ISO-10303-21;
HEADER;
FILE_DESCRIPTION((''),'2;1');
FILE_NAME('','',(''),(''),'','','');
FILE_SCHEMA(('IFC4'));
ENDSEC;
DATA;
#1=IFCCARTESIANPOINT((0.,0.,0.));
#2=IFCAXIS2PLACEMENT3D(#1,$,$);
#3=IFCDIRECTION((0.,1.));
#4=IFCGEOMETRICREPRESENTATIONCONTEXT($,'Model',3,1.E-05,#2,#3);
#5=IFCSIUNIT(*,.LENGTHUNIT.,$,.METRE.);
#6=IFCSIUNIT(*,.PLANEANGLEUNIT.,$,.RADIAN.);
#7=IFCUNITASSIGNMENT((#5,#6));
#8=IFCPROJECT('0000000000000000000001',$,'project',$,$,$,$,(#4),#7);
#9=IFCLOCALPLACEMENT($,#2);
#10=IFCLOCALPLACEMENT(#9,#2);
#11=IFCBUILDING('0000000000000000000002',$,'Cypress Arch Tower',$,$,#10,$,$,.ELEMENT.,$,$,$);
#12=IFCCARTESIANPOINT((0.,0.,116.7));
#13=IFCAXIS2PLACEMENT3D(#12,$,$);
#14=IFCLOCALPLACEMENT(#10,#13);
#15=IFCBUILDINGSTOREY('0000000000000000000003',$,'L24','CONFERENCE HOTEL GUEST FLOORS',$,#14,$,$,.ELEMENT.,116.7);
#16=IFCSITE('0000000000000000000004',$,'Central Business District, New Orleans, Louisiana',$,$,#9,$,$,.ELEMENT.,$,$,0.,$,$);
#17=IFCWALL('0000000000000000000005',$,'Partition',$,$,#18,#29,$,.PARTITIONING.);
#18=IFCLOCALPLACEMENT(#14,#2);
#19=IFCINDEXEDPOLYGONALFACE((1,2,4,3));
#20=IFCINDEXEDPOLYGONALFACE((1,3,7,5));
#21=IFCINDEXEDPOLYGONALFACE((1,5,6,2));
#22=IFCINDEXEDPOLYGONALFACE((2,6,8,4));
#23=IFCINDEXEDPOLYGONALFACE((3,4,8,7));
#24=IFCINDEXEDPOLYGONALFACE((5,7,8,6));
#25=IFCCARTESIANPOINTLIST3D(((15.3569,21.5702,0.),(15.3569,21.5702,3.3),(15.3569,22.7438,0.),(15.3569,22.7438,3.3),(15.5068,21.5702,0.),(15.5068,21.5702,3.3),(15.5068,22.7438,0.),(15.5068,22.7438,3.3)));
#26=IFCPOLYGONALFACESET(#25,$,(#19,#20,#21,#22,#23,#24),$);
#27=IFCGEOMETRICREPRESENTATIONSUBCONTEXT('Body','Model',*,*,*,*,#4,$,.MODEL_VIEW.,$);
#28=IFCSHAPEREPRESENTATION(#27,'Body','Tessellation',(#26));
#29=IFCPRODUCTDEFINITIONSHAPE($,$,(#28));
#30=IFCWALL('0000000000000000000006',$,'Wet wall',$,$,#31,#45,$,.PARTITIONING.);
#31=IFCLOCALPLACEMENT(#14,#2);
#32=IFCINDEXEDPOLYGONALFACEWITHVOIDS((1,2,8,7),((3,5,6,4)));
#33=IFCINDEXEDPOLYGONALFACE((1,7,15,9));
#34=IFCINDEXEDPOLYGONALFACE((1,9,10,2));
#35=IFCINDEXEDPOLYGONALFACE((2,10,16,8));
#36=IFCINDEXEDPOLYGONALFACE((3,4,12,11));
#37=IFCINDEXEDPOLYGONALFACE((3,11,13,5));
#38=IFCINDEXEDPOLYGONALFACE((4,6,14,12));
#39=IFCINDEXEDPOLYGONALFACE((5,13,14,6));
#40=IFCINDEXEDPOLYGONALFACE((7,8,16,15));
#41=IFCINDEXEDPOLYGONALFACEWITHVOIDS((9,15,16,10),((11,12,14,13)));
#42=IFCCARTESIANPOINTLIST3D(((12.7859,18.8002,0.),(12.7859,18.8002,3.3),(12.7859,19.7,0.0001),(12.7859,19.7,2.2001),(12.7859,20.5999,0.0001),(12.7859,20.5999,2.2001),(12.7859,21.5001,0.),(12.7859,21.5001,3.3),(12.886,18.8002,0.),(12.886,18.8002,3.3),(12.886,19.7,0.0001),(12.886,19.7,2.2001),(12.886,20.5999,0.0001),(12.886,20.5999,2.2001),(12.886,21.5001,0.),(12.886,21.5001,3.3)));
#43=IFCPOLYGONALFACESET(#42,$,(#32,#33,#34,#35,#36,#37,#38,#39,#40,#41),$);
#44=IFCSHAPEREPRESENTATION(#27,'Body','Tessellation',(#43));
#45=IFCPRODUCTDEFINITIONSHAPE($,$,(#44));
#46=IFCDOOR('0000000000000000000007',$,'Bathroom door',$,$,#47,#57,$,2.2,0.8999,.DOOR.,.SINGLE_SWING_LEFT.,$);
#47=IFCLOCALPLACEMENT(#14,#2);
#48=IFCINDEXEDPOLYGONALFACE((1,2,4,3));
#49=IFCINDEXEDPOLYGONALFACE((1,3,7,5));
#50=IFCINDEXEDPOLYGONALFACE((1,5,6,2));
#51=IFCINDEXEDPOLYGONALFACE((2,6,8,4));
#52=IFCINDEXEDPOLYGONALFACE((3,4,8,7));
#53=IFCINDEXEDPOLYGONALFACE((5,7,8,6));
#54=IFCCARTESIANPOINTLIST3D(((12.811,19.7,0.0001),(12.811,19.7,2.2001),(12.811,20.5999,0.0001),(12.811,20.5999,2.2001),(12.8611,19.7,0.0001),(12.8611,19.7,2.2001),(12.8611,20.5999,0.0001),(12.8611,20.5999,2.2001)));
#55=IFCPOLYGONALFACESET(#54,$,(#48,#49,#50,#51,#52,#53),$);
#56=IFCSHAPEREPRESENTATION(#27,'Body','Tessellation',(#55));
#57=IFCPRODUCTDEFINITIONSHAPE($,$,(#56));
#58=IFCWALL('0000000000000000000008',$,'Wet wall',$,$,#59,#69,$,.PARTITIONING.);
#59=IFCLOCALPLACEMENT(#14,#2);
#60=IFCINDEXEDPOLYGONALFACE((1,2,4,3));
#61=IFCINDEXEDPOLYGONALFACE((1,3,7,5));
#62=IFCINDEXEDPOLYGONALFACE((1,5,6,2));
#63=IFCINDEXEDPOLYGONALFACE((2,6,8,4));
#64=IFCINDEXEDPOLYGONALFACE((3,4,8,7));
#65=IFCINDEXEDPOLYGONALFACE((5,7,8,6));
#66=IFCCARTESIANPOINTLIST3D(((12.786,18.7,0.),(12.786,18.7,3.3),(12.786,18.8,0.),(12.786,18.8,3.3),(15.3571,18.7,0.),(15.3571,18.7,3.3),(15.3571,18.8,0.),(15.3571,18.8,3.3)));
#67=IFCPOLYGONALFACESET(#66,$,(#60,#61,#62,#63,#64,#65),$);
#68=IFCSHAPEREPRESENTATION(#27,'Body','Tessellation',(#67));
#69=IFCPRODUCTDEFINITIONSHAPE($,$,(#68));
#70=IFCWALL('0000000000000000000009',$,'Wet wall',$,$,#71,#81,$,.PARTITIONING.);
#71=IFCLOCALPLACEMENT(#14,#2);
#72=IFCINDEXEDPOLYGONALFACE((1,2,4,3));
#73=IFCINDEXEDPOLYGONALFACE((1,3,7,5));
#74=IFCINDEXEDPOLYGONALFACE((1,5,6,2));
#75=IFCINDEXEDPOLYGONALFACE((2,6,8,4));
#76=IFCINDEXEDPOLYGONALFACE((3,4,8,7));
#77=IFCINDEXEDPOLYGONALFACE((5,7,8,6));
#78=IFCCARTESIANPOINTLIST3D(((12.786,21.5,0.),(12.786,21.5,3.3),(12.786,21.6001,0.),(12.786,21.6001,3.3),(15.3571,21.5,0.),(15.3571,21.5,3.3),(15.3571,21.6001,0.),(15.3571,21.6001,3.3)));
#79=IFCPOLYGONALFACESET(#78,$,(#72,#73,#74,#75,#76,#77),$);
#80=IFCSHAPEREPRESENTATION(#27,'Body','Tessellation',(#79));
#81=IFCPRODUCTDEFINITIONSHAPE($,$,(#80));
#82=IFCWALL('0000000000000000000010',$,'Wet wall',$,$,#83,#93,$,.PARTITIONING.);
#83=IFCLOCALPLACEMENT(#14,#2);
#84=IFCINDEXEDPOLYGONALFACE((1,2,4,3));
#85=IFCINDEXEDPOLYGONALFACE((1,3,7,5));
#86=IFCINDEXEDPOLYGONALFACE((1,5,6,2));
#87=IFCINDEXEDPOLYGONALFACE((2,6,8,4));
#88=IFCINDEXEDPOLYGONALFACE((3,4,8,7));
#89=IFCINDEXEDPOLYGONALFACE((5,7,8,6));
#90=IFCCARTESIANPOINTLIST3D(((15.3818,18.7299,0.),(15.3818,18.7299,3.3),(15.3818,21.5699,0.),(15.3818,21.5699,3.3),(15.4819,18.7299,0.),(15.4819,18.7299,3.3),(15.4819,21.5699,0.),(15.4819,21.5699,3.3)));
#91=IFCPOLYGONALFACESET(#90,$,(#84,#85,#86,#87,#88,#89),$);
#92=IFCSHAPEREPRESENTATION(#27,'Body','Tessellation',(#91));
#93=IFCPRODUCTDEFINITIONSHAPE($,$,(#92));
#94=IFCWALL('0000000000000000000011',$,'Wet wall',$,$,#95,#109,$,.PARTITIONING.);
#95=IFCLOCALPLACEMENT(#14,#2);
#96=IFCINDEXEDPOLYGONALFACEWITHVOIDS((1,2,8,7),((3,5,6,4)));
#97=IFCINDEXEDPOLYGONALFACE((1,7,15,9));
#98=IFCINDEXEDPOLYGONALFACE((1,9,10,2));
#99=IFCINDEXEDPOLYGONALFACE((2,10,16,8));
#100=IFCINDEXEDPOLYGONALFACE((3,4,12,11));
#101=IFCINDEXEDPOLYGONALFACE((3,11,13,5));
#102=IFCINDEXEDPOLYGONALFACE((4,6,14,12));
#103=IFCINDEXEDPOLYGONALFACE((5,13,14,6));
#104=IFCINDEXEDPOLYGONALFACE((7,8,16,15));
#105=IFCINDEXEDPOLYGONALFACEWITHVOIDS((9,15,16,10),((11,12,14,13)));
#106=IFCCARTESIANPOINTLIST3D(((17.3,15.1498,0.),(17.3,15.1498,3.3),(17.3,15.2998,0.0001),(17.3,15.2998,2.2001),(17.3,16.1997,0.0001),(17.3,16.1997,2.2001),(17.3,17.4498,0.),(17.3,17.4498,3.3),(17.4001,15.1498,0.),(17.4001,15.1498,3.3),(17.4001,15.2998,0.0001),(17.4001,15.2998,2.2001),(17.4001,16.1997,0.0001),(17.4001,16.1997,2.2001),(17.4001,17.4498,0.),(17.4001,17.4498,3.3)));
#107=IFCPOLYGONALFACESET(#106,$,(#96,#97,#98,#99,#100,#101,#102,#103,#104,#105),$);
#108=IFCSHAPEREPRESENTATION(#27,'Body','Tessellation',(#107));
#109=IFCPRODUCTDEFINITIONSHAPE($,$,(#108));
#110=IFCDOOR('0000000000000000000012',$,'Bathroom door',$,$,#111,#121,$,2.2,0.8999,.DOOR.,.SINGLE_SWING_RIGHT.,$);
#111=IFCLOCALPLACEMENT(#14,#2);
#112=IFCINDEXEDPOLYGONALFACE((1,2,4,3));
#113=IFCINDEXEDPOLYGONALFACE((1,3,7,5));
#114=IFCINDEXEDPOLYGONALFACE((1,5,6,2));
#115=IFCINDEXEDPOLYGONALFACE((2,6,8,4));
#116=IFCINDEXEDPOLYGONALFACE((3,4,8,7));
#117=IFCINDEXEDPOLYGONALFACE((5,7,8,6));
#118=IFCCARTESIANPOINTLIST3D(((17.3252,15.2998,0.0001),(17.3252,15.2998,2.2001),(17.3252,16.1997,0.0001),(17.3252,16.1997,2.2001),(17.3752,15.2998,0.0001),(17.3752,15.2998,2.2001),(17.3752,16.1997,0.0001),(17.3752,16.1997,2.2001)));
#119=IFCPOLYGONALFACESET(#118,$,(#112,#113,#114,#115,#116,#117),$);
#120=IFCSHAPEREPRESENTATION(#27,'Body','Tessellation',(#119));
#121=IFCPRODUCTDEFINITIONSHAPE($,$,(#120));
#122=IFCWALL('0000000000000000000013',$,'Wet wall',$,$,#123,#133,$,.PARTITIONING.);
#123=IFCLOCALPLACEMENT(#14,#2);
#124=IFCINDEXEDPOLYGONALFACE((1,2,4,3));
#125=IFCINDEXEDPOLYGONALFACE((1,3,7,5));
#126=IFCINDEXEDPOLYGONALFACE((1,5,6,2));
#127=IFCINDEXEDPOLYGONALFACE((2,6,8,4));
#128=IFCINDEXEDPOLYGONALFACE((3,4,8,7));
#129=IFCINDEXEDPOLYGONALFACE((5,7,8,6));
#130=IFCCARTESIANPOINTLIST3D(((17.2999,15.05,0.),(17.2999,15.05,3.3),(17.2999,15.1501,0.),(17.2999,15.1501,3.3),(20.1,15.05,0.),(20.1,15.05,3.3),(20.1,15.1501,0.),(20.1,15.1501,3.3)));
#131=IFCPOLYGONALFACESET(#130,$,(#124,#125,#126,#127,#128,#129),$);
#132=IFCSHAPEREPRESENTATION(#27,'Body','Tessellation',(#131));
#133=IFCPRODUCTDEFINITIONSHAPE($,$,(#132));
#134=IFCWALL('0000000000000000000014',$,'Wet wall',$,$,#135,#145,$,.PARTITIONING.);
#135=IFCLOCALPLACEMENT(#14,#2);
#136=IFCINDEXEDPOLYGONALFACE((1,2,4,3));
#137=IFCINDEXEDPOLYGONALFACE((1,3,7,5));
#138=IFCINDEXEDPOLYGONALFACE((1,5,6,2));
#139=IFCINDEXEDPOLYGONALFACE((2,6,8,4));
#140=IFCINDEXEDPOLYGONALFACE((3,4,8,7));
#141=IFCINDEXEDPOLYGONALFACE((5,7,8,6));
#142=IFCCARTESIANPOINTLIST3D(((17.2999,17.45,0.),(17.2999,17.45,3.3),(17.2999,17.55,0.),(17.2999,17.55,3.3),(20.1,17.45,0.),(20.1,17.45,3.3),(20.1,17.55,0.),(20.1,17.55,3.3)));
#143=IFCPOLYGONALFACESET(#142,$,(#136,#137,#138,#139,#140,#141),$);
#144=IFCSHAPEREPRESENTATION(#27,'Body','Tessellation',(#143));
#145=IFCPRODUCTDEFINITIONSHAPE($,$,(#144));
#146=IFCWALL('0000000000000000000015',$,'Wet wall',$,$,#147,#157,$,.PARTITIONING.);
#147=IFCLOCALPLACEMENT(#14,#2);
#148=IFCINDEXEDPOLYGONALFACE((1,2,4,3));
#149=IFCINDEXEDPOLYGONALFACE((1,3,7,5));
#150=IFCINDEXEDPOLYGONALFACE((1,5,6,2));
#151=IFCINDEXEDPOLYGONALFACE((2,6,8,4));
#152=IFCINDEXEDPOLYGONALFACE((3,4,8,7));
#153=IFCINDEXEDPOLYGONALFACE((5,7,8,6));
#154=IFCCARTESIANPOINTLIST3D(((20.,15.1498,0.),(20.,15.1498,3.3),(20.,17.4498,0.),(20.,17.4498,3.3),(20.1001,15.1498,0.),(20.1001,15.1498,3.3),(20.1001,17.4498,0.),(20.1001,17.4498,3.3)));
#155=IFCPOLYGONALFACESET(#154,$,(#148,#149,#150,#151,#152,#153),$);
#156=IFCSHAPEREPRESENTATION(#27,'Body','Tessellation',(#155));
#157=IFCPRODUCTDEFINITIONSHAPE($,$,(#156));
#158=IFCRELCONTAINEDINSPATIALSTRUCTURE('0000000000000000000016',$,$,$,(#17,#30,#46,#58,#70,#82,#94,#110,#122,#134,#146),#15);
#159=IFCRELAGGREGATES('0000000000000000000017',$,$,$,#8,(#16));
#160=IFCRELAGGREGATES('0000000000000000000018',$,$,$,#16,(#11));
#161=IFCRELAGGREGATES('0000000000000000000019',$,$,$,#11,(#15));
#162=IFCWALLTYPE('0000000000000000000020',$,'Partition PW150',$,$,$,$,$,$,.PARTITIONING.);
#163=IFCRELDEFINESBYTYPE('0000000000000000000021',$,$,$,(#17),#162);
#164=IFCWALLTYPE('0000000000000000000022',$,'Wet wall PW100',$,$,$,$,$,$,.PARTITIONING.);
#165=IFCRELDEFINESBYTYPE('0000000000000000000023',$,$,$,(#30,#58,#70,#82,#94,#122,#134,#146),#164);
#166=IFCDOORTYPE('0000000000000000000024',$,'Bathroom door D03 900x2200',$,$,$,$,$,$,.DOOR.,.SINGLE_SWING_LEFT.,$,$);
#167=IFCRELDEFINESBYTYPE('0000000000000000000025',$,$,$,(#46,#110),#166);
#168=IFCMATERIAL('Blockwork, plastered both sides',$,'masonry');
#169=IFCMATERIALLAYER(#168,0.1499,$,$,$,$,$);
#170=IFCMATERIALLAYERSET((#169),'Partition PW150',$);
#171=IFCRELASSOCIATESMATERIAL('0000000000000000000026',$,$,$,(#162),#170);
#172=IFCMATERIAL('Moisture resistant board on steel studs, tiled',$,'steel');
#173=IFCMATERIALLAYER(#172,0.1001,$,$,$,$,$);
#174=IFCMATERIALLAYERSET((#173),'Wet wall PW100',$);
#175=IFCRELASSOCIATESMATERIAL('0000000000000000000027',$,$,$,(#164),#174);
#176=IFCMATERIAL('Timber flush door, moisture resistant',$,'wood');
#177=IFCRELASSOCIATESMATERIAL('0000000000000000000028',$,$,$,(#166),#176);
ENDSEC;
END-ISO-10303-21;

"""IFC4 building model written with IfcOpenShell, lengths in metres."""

from ifc_helpers import new_model, si_unit, direction, frame, frame_2d, origin, place, context, subcontext, project, spatial, rectangle, extrude, material, layer, layer_set, type_object, element, fill, save


model = new_model("IFC4")

# Units and contexts
model_context = context("Model", 3, precision=1e-05, world=origin(), true_north=direction((0.0, 1.0)))
body_context = subcontext(model_context, "Body", "Model", "MODEL_VIEW")
ifc_project = project(units=[si_unit("LENGTHUNIT", "METRE"), si_unit("PLANEANGLEUNIT", "RADIAN")], contexts=[model_context])

# Site, building, storey
site_placement = place(None, origin())
site = spatial("IfcSite", under=ifc_project, at=site_placement, Name="Central Business District, New Orleans, Louisiana", CompositionType="ELEMENT", RefElevation=0.0)
building_placement = place(site_placement, origin())
building = spatial("IfcBuilding", under=site, at=building_placement, Name="Cypress Arch Tower", CompositionType="ELEMENT")
storey_placement = place(building_placement, frame((0.0, 0.0, 116.7)))
storey = spatial("IfcBuildingStorey", under=building, at=storey_placement, Name="L24", Description="CONFERENCE HOTEL GUEST FLOORS", CompositionType="ELEMENT", Elevation=116.7)

# Wall
ifc_material_1 = material(Name="Blockwork, plastered both sides", Category="masonry")
ifc_layer_1 = layer(ifc_material_1, 0.1499)
ifc_layer_set_1 = layer_set([ifc_layer_1], Name="Partition PW150")
wall_type_1 = type_object("IfcWallType", Name="Partition PW150", PredefinedType="PARTITIONING", material=ifc_layer_set_1)
wall_1_placement = place(storey_placement, frame((15.4319, 21.5701, 0.0), z_axis=(0.0, 0.0, 1.0), x_axis=(0.0, 1.0, 0.0)))
element("IfcWall", 1, at=wall_1_placement, inside=storey, type_object=wall_type_1, Name="Partition", PredefinedType="PARTITIONING", context=body_context, shape_type="SweptSolid", body=[
    extrude(rectangle(XDim=1.1736, YDim=0.1499, at=frame_2d((0.5869, 0.0))), origin(), (0.0, 0.0, 1.0), 3.3),
])

# Wall, opening, door
ifc_material_2 = material(Name="Moisture resistant board on steel studs, tiled", Category="steel")
ifc_layer_2 = layer(ifc_material_2, 0.1001)
ifc_layer_set_2 = layer_set([ifc_layer_2], Name="Wet wall PW100")
wall_type_2 = type_object("IfcWallType", Name="Wet wall PW100", PredefinedType="PARTITIONING", material=ifc_layer_set_2)
wall_2_placement = place(storey_placement, frame((12.8359, 18.8, 0.0), z_axis=(0.0, 0.0, 1.0), x_axis=(0.0, 1.0, 0.0)))
wall_2 = element("IfcWall", 2, at=wall_2_placement, inside=storey, type_object=wall_type_2, Name="Wet wall", PredefinedType="PARTITIONING", context=body_context, shape_type="SweptSolid", body=[
    extrude(rectangle(XDim=2.7, YDim=0.1001, at=frame_2d((1.3501, 0.0))), origin(), (0.0, 0.0, 1.0), 3.3),
])
opening_1_placement = place(wall_2_placement, frame((0.8999, 0.0, 0.0)))
opening_1 = element("IfcOpeningElement", 3, at=opening_1_placement, cuts=wall_2, PredefinedType="OPENING", context=body_context, shape_type="SweptSolid", body=[
    extrude(rectangle(XDim=0.8999, YDim=2.2, at=frame_2d((0.45, 1.1001))), frame((0.0, 0.0601, 0.0), z_axis=(0.0, -1.0, 0.0), x_axis=(1.0, 0.0, 0.0)), (0.0, 0.0, 1.0), 0.1201),
])
ifc_material_3 = material(Name="Timber flush door, moisture resistant", Category="wood")
door_type_1 = type_object("IfcDoorType", Name="Bathroom door D03 900x2200", OperationType="SINGLE_SWING_LEFT", PredefinedType="DOOR", material=ifc_material_3)
door_1_placement = place(opening_1_placement, origin())
door_1 = element("IfcDoor", 4, at=door_1_placement, inside=storey, type_object=door_type_1, Name="Bathroom door", OperationType="SINGLE_SWING_LEFT", OverallHeight=2.2, OverallWidth=0.8999, PredefinedType="DOOR", context=body_context, shape_type="SweptSolid", body=[
    extrude(rectangle(XDim=0.8999, YDim=2.2, at=frame_2d((0.45, 1.1001))), frame((0.0, 0.0249, 0.0), z_axis=(0.0, -1.0, 0.0), x_axis=(1.0, 0.0, 0.0)), (0.0, 0.0, 1.0), 0.05),
])
fill(opening_1, door_1)

# Walls
for number, where, z_axis, x_axis, name in (
    (5, (12.7859, 18.75, 0.0), (0.0, 0.0, 1.0), (1.0, 0.0, 0.0), "Wet wall"),
    (6, (12.7859, 21.55, 0.0), (0.0, 0.0, 1.0), (1.0, 0.0, 0.0), "Wet wall"),
):
    element("IfcWall", number, at=place(storey_placement, frame(where, z_axis=z_axis, x_axis=x_axis)), inside=storey, type_object=wall_type_2, Name=name, PredefinedType="PARTITIONING", context=body_context, shape_type="SweptSolid", body=[
        extrude(rectangle(XDim=2.571, YDim=0.1001, at=frame_2d((1.2856, 0.0))), origin(), (0.0, 0.0, 1.0), 3.3),
    ])
wall_3_placement = place(storey_placement, frame((15.4319, 18.73, 0.0), z_axis=(0.0, 0.0, 1.0), x_axis=(0.0, 1.0, 0.0)))
element("IfcWall", 7, at=wall_3_placement, inside=storey, type_object=wall_type_2, Name="Wet wall", PredefinedType="PARTITIONING", context=body_context, shape_type="SweptSolid", body=[
    extrude(rectangle(XDim=2.8401, YDim=0.1001, at=frame_2d((1.4199, 0.0))), origin(), (0.0, 0.0, 1.0), 3.3),
])

# Wall, opening, door
wall_4_placement = place(storey_placement, frame((17.3501, 15.1499, 0.0), z_axis=(0.0, 0.0, 1.0), x_axis=(0.0, 1.0, 0.0)))
wall_4 = element("IfcWall", 8, at=wall_4_placement, inside=storey, type_object=wall_type_2, Name="Wet wall", PredefinedType="PARTITIONING", context=body_context, shape_type="SweptSolid", body=[
    extrude(rectangle(XDim=2.3, YDim=0.1001, at=frame_2d((1.1499, 0.0))), origin(), (0.0, 0.0, 1.0), 3.3),
])
opening_2_placement = place(wall_4_placement, frame((0.1499, 0.0, 0.0)))
opening_2 = element("IfcOpeningElement", 9, at=opening_2_placement, cuts=wall_4, PredefinedType="OPENING", context=body_context, shape_type="SweptSolid", body=[
    extrude(rectangle(XDim=0.8999, YDim=2.2, at=frame_2d((0.45, 1.1001))), frame((0.0, 0.0601, 0.0), z_axis=(0.0, -1.0, 0.0), x_axis=(1.0, 0.0, 0.0)), (0.0, 0.0, 1.0), 0.1201),
])
door_2_placement = place(opening_2_placement, origin())
door_2 = element("IfcDoor", 10, at=door_2_placement, inside=storey, type_object=door_type_1, Name="Bathroom door", OperationType="SINGLE_SWING_RIGHT", OverallHeight=2.2, OverallWidth=0.8999, PredefinedType="DOOR", context=body_context, shape_type="SweptSolid", body=[
    extrude(rectangle(XDim=0.8999, YDim=2.2, at=frame_2d((0.45, 1.1001))), frame((0.0, 0.0249, 0.0), z_axis=(0.0, -1.0, 0.0), x_axis=(1.0, 0.0, 0.0)), (0.0, 0.0, 1.0), 0.05),
])
fill(opening_2, door_2)

# Walls
for number, where, z_axis, x_axis, name in (
    (11, (17.3, 15.1001, 0.0), (0.0, 0.0, 1.0), (1.0, 0.0, 0.0), "Wet wall"),
    (12, (17.3, 17.5, 0.0), (0.0, 0.0, 1.0), (1.0, 0.0, 0.0), "Wet wall"),
):
    element("IfcWall", number, at=place(storey_placement, frame(where, z_axis=z_axis, x_axis=x_axis)), inside=storey, type_object=wall_type_2, Name=name, PredefinedType="PARTITIONING", context=body_context, shape_type="SweptSolid", body=[
        extrude(rectangle(XDim=2.8, YDim=0.1001, at=frame_2d((1.3999, 0.0))), origin(), (0.0, 0.0, 1.0), 3.3),
    ])
wall_5_placement = place(storey_placement, frame((20.05, 15.1499, 0.0), z_axis=(0.0, 0.0, 1.0), x_axis=(0.0, 1.0, 0.0)))
element("IfcWall", 13, at=wall_5_placement, inside=storey, type_object=wall_type_2, Name="Wet wall", PredefinedType="PARTITIONING", context=body_context, shape_type="SweptSolid", body=[
    extrude(rectangle(XDim=2.3, YDim=0.1001, at=frame_2d((1.1499, 0.0))), origin(), (0.0, 0.0, 1.0), 3.3),
])

save(model, "model.ifc")
